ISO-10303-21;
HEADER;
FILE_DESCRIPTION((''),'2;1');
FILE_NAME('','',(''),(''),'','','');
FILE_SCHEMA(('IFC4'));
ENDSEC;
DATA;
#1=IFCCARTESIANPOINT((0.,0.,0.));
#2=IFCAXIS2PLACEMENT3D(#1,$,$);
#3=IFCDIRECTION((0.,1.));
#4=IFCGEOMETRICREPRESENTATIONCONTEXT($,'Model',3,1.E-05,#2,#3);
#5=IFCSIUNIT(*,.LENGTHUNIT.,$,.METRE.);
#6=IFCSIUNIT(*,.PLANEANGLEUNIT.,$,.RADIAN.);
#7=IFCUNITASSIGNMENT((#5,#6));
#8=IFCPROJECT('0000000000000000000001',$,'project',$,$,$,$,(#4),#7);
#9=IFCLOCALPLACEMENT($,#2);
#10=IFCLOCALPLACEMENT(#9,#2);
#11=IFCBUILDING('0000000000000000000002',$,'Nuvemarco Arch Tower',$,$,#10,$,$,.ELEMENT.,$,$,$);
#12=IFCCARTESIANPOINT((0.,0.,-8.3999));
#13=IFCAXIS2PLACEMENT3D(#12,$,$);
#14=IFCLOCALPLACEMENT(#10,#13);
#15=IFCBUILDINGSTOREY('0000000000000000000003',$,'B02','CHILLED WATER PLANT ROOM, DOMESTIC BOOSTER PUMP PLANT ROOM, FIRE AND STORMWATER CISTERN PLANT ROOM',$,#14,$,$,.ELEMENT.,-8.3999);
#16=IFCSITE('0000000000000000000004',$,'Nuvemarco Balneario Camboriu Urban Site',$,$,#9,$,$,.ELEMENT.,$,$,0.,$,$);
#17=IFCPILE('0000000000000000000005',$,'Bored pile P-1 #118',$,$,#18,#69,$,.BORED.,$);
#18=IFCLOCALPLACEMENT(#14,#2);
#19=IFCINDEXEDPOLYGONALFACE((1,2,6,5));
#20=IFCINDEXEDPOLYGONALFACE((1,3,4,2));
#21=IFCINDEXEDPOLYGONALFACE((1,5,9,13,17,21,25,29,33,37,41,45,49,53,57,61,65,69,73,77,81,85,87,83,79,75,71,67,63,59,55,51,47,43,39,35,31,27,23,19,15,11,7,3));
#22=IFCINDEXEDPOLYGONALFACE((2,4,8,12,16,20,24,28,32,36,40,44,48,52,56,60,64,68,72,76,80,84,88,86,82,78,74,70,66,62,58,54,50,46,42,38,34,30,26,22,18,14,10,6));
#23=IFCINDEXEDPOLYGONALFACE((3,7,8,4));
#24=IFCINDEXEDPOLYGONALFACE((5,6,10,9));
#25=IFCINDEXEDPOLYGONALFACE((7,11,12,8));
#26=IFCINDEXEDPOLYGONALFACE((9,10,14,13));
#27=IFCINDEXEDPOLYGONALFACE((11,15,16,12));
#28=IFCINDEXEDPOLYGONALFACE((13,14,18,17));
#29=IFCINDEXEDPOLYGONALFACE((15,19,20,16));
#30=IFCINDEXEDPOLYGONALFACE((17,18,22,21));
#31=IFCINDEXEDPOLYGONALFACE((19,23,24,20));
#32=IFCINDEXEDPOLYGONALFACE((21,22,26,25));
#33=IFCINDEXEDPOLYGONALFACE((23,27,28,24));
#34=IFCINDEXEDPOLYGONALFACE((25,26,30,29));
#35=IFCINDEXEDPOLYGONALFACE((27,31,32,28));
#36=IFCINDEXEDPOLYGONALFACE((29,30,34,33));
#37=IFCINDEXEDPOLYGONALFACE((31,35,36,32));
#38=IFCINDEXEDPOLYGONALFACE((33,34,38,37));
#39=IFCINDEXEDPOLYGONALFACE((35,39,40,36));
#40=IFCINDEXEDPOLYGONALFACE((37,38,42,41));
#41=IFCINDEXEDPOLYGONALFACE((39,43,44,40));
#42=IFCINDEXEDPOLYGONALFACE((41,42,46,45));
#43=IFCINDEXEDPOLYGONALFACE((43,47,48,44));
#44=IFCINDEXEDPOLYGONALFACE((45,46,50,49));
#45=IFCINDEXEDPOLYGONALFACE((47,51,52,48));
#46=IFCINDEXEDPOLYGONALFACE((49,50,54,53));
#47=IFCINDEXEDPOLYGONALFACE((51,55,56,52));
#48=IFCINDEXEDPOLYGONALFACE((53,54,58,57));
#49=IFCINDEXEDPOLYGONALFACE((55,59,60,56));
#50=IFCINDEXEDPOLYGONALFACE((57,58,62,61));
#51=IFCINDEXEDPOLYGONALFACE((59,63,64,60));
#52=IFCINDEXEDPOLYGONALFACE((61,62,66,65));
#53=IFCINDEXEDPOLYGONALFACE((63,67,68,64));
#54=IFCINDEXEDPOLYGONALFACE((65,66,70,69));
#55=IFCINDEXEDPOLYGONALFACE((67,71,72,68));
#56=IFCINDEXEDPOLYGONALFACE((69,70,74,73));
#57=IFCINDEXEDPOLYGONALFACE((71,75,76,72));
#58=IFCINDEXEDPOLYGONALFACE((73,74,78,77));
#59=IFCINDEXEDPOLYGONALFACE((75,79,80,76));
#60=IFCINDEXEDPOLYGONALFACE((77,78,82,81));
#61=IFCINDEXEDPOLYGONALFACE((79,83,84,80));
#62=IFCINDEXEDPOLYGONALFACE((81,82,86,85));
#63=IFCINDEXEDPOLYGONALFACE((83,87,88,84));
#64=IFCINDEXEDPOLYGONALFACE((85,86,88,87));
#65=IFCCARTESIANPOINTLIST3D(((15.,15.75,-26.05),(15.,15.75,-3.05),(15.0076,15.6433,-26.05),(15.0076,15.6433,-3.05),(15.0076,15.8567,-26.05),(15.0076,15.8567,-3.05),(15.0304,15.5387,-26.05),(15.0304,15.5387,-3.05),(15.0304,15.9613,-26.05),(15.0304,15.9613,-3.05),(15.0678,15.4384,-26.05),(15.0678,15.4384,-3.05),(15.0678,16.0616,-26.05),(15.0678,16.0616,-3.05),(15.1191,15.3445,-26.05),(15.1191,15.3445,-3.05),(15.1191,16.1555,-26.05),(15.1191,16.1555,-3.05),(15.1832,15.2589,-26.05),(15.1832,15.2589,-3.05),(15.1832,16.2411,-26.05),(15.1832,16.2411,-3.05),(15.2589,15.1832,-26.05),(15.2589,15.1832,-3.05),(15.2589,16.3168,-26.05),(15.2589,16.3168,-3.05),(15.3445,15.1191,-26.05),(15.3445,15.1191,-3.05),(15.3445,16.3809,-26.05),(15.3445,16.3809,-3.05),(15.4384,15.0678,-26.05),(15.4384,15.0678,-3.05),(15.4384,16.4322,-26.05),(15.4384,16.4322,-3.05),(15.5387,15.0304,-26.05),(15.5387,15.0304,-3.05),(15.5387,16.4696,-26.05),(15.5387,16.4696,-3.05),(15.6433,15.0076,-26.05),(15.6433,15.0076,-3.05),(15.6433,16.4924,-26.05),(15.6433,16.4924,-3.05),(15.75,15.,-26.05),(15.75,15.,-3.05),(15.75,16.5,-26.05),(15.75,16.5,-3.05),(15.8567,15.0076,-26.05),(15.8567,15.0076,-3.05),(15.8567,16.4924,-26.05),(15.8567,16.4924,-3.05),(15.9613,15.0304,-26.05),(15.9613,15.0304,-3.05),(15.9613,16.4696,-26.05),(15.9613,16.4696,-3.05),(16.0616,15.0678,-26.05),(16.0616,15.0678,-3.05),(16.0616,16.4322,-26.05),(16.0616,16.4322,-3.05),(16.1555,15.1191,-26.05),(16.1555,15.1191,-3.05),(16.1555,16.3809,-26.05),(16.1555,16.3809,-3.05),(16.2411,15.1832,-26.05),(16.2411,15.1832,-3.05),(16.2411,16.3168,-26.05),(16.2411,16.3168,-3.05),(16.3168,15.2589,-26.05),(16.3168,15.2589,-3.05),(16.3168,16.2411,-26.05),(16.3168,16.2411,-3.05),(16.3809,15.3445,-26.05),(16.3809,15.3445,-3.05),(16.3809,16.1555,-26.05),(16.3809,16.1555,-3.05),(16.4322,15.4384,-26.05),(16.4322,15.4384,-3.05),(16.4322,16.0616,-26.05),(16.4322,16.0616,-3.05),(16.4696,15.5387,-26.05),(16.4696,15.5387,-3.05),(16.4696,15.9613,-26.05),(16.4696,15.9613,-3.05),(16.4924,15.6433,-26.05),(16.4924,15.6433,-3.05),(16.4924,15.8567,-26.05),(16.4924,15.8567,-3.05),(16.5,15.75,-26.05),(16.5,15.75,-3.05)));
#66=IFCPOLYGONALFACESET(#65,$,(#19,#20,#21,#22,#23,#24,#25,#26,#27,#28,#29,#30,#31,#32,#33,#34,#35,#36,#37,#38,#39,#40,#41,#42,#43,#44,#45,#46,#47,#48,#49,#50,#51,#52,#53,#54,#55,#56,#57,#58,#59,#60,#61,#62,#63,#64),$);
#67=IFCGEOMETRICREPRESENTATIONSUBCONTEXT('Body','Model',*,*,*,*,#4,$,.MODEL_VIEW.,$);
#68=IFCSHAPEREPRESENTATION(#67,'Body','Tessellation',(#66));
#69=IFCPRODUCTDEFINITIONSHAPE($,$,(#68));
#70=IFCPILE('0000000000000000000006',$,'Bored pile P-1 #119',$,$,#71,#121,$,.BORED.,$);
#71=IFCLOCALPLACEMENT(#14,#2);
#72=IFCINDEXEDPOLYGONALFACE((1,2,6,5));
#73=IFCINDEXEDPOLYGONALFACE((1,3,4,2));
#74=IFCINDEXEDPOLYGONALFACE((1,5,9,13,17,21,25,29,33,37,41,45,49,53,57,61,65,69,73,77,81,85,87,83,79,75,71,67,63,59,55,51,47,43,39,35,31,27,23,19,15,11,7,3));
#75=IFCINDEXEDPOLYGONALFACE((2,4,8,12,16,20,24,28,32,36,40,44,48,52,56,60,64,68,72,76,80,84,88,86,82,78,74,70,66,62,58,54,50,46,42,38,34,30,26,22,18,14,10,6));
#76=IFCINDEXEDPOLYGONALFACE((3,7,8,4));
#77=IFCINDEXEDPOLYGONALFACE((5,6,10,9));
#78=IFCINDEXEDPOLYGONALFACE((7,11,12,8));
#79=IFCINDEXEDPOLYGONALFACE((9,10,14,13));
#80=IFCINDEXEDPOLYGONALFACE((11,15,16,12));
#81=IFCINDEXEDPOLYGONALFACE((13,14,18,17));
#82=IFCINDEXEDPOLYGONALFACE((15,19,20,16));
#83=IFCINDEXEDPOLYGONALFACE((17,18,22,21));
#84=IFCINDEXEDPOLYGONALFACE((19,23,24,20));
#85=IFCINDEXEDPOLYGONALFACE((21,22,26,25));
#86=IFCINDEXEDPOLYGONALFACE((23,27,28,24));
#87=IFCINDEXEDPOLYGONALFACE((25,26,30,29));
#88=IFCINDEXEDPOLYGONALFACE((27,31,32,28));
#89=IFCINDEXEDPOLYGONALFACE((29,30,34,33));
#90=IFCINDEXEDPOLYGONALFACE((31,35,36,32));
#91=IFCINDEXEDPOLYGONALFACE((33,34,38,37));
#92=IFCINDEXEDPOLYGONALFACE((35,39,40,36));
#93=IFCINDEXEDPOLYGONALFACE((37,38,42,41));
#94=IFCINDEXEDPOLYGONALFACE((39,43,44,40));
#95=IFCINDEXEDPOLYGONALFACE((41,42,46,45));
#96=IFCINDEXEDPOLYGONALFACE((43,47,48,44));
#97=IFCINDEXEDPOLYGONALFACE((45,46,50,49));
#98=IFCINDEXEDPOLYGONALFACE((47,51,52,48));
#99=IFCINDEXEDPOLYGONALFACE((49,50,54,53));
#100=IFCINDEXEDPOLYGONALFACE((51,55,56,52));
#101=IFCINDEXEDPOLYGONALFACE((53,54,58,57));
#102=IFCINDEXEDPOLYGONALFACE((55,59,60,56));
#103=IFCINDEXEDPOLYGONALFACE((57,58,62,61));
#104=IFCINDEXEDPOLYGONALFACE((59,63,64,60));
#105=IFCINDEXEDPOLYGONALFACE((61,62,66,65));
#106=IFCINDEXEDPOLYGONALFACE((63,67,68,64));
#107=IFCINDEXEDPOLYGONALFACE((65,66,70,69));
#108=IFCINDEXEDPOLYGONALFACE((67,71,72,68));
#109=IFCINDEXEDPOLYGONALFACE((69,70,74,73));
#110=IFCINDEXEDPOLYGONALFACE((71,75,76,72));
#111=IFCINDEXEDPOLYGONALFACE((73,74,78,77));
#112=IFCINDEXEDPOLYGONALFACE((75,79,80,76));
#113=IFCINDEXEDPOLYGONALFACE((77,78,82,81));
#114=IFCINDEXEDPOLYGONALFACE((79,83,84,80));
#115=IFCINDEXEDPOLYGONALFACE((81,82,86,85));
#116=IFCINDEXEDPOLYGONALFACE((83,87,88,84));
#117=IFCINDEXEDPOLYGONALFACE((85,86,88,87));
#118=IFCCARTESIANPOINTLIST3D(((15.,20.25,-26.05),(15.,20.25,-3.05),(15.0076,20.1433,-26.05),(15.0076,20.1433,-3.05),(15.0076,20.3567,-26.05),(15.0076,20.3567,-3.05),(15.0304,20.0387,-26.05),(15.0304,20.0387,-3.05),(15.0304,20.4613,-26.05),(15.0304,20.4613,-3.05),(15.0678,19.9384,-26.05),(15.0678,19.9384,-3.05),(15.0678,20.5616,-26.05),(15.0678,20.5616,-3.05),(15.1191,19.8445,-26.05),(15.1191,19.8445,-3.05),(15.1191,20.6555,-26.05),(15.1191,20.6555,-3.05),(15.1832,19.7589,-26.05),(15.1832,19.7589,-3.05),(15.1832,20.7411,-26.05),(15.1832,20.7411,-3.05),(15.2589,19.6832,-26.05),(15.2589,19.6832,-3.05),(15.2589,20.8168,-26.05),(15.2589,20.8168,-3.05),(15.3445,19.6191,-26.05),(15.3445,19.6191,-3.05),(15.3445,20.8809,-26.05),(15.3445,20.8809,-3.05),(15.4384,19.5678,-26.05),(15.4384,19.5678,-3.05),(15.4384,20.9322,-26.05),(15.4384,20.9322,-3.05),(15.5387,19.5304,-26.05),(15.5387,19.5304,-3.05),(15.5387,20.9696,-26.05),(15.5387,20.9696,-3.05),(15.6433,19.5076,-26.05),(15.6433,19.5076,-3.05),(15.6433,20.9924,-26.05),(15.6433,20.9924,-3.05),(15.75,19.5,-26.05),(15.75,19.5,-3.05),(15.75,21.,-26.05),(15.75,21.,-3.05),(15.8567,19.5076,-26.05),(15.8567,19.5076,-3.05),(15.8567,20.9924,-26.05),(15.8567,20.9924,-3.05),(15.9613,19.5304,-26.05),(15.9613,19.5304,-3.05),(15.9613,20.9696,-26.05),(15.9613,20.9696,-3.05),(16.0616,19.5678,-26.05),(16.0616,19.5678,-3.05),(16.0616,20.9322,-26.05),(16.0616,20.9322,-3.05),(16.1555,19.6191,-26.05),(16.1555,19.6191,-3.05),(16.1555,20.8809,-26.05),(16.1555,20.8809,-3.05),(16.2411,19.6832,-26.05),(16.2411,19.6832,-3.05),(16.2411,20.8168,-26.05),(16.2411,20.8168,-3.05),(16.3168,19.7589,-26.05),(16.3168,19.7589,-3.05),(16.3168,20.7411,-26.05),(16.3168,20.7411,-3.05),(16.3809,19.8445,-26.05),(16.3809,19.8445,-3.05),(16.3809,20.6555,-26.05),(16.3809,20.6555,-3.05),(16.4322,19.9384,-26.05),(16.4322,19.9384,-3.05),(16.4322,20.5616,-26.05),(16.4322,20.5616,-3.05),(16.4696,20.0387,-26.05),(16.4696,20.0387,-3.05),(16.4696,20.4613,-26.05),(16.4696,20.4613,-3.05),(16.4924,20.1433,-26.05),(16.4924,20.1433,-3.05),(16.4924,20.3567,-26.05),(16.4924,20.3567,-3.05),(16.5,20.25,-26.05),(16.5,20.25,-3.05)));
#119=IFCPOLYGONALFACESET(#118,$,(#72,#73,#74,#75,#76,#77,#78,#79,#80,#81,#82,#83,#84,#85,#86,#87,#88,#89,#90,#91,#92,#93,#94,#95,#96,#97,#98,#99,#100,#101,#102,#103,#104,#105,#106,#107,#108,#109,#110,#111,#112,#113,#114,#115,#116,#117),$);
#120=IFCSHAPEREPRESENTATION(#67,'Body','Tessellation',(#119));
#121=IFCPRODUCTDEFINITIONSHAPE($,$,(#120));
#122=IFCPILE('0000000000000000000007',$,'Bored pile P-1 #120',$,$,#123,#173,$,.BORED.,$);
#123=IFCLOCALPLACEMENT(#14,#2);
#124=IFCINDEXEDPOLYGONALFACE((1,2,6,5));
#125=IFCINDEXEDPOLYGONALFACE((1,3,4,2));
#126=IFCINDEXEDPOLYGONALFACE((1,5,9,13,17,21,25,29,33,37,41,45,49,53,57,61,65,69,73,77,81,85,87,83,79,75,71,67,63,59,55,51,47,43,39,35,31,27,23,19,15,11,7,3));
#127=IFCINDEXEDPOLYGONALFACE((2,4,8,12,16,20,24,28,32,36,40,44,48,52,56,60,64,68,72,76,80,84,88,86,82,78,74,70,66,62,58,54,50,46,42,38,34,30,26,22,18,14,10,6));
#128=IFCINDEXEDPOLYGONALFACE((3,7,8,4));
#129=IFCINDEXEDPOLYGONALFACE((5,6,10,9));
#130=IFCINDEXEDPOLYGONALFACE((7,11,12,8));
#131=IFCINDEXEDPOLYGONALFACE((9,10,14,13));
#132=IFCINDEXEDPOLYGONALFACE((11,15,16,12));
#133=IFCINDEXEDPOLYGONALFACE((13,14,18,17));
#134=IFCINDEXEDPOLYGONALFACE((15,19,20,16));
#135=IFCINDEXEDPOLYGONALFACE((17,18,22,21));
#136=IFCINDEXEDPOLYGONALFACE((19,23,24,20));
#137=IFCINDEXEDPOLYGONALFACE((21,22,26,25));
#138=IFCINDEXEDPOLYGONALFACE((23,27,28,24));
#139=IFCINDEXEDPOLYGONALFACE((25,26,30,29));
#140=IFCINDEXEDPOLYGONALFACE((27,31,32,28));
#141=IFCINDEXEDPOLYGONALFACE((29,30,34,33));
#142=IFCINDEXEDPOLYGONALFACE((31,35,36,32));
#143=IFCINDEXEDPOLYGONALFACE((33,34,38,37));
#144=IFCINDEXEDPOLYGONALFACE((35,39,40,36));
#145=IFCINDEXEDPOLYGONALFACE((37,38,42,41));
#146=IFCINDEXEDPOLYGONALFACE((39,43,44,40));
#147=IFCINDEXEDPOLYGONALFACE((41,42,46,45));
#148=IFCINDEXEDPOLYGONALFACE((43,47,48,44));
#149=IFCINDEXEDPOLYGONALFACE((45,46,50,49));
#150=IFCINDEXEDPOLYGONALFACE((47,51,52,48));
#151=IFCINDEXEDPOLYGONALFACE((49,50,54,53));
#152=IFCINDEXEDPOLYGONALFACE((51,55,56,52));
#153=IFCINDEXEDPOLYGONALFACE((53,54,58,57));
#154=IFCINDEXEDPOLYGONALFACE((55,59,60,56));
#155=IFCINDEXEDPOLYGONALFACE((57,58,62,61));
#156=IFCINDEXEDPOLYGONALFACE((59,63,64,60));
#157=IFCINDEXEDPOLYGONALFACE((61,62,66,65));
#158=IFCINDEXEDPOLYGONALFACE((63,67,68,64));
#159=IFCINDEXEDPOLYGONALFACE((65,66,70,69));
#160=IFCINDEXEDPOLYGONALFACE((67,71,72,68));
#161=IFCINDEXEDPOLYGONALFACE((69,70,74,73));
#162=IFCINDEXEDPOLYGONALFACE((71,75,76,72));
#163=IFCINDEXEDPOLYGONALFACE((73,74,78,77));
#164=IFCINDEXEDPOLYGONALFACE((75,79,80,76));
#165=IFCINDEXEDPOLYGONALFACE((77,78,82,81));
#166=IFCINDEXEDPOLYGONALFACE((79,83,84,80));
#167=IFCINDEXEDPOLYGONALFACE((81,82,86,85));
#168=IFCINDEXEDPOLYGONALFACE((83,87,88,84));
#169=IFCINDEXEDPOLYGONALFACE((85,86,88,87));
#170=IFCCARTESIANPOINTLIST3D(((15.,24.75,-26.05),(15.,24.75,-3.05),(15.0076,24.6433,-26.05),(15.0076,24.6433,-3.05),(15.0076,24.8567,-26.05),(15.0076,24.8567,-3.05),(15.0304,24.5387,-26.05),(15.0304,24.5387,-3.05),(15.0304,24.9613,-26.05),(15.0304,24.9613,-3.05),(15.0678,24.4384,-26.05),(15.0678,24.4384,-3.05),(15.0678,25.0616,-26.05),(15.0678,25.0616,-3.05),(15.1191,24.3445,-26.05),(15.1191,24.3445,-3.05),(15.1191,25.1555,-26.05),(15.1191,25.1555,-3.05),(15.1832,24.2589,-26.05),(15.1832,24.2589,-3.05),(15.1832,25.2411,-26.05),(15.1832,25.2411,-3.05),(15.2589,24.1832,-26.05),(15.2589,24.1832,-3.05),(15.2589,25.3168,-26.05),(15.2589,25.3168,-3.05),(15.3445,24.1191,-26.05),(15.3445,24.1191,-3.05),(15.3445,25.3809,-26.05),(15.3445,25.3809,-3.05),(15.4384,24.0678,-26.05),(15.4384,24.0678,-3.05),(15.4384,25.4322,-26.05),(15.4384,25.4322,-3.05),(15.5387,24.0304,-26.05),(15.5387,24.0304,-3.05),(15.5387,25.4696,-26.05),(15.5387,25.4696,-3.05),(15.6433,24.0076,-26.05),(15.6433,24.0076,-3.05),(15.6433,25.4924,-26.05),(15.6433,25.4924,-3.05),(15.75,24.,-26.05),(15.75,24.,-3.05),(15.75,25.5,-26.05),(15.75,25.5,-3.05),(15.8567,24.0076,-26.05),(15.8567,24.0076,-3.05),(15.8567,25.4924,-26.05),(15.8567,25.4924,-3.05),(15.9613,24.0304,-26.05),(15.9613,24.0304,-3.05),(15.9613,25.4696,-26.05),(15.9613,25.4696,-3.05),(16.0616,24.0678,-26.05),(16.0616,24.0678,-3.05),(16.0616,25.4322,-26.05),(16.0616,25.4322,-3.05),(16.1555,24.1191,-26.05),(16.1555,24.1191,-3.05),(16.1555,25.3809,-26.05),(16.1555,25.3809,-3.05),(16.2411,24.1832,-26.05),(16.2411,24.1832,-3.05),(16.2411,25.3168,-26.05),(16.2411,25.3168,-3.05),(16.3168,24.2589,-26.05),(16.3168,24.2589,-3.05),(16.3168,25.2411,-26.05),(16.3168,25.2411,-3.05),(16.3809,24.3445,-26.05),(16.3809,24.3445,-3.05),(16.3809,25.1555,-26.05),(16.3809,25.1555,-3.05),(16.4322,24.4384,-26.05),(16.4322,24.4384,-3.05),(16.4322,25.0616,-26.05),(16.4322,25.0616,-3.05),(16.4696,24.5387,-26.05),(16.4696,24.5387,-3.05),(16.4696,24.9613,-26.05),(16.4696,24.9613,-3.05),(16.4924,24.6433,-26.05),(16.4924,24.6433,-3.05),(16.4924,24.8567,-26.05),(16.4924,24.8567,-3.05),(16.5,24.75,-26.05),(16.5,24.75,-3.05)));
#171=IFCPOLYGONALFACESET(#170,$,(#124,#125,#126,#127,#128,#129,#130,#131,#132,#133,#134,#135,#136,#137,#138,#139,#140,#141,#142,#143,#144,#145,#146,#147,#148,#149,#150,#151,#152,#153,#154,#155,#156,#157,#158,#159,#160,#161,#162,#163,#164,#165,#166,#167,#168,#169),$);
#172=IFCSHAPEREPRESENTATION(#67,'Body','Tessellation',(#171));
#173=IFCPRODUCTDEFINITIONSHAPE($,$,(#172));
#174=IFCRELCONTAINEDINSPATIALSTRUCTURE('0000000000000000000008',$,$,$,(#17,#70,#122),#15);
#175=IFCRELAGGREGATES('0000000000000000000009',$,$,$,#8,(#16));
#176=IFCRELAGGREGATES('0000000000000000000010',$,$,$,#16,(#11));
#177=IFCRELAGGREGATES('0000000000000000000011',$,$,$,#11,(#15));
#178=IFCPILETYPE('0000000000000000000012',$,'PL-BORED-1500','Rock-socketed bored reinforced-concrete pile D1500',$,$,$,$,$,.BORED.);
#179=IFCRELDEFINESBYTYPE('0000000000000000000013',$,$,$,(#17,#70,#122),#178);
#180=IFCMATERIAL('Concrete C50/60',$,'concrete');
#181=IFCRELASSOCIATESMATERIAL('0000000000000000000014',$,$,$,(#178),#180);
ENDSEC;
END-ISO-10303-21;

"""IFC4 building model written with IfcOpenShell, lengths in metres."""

from ifc_helpers import new_model, si_unit, direction, frame, origin, origin_2d, place, context, subcontext, project, spatial, circle, extrude, material, material_profile, profile_set, type_object, element, save


model = new_model("IFC4")

# Units and contexts
model_context = context("Model", 3, precision=1e-05, world=origin(), true_north=direction((0.0, 1.0)))
body_context = subcontext(model_context, "Body", "Model", "MODEL_VIEW")
ifc_project = project(units=[si_unit("LENGTHUNIT", "METRE"), si_unit("PLANEANGLEUNIT", "RADIAN")], contexts=[model_context])

# Site, building, storey
site_placement = place(None, origin())
site = spatial("IfcSite", under=ifc_project, at=site_placement, Name="Nuvemarco Balneario Camboriu Urban Site", CompositionType="ELEMENT", RefElevation=0.0)
building_placement = place(site_placement, origin())
building = spatial("IfcBuilding", under=site, at=building_placement, Name="Nuvemarco Arch Tower", CompositionType="ELEMENT")
storey_placement = place(building_placement, frame((0.0, 0.0, -8.3999)))
storey = spatial("IfcBuildingStorey", under=building, at=storey_placement, Name="B02", Description="CHILLED WATER PLANT ROOM, DOMESTIC BOOSTER PUMP PLANT ROOM, FIRE AND STORMWATER CISTERN PLANT ROOM", CompositionType="ELEMENT", Elevation=-8.3999)

# Piles
ifc_material_1 = material(Name="Concrete C50/60", Category="concrete")
ifc_material_profile_1 = material_profile(ifc_material_1, circle(Radius=0.75, at=origin_2d()), Name="PILE-D1500")
ifc_profile_set_1 = profile_set([ifc_material_profile_1], Name="Concrete C50/60")
pile_type = type_object("IfcPileType", Name="PL-BORED-1500", Description="Rock-socketed bored reinforced-concrete pile D1500", PredefinedType="BORED", material=ifc_profile_set_1)
for number, where, z_axis, x_axis, name in (
    (1, (15.75, 15.75, -3.05), (0.0, 0.0, -1.0), (1.0, 0.0, 0.0), "Bored pile P-1 #118"),
    (2, (15.75, 20.25, -3.05), (0.0, 0.0, -1.0), (1.0, 0.0, 0.0), "Bored pile P-1 #119"),
    (3, (15.75, 24.75, -3.05), (0.0, 0.0, -1.0), (1.0, 0.0, 0.0), "Bored pile P-1 #120"),
):
    element("IfcPile", number, at=place(storey_placement, frame(where, z_axis=z_axis, x_axis=x_axis)), inside=storey, type_object=pile_type, Name=name, PredefinedType="BORED", context=body_context, shape_type="SweptSolid", body=[
        extrude(circle(Radius=0.75, at=origin_2d()), origin(), (0.0, 0.0, 1.0), 23.0),
    ])

save(model, "model.ifc")
